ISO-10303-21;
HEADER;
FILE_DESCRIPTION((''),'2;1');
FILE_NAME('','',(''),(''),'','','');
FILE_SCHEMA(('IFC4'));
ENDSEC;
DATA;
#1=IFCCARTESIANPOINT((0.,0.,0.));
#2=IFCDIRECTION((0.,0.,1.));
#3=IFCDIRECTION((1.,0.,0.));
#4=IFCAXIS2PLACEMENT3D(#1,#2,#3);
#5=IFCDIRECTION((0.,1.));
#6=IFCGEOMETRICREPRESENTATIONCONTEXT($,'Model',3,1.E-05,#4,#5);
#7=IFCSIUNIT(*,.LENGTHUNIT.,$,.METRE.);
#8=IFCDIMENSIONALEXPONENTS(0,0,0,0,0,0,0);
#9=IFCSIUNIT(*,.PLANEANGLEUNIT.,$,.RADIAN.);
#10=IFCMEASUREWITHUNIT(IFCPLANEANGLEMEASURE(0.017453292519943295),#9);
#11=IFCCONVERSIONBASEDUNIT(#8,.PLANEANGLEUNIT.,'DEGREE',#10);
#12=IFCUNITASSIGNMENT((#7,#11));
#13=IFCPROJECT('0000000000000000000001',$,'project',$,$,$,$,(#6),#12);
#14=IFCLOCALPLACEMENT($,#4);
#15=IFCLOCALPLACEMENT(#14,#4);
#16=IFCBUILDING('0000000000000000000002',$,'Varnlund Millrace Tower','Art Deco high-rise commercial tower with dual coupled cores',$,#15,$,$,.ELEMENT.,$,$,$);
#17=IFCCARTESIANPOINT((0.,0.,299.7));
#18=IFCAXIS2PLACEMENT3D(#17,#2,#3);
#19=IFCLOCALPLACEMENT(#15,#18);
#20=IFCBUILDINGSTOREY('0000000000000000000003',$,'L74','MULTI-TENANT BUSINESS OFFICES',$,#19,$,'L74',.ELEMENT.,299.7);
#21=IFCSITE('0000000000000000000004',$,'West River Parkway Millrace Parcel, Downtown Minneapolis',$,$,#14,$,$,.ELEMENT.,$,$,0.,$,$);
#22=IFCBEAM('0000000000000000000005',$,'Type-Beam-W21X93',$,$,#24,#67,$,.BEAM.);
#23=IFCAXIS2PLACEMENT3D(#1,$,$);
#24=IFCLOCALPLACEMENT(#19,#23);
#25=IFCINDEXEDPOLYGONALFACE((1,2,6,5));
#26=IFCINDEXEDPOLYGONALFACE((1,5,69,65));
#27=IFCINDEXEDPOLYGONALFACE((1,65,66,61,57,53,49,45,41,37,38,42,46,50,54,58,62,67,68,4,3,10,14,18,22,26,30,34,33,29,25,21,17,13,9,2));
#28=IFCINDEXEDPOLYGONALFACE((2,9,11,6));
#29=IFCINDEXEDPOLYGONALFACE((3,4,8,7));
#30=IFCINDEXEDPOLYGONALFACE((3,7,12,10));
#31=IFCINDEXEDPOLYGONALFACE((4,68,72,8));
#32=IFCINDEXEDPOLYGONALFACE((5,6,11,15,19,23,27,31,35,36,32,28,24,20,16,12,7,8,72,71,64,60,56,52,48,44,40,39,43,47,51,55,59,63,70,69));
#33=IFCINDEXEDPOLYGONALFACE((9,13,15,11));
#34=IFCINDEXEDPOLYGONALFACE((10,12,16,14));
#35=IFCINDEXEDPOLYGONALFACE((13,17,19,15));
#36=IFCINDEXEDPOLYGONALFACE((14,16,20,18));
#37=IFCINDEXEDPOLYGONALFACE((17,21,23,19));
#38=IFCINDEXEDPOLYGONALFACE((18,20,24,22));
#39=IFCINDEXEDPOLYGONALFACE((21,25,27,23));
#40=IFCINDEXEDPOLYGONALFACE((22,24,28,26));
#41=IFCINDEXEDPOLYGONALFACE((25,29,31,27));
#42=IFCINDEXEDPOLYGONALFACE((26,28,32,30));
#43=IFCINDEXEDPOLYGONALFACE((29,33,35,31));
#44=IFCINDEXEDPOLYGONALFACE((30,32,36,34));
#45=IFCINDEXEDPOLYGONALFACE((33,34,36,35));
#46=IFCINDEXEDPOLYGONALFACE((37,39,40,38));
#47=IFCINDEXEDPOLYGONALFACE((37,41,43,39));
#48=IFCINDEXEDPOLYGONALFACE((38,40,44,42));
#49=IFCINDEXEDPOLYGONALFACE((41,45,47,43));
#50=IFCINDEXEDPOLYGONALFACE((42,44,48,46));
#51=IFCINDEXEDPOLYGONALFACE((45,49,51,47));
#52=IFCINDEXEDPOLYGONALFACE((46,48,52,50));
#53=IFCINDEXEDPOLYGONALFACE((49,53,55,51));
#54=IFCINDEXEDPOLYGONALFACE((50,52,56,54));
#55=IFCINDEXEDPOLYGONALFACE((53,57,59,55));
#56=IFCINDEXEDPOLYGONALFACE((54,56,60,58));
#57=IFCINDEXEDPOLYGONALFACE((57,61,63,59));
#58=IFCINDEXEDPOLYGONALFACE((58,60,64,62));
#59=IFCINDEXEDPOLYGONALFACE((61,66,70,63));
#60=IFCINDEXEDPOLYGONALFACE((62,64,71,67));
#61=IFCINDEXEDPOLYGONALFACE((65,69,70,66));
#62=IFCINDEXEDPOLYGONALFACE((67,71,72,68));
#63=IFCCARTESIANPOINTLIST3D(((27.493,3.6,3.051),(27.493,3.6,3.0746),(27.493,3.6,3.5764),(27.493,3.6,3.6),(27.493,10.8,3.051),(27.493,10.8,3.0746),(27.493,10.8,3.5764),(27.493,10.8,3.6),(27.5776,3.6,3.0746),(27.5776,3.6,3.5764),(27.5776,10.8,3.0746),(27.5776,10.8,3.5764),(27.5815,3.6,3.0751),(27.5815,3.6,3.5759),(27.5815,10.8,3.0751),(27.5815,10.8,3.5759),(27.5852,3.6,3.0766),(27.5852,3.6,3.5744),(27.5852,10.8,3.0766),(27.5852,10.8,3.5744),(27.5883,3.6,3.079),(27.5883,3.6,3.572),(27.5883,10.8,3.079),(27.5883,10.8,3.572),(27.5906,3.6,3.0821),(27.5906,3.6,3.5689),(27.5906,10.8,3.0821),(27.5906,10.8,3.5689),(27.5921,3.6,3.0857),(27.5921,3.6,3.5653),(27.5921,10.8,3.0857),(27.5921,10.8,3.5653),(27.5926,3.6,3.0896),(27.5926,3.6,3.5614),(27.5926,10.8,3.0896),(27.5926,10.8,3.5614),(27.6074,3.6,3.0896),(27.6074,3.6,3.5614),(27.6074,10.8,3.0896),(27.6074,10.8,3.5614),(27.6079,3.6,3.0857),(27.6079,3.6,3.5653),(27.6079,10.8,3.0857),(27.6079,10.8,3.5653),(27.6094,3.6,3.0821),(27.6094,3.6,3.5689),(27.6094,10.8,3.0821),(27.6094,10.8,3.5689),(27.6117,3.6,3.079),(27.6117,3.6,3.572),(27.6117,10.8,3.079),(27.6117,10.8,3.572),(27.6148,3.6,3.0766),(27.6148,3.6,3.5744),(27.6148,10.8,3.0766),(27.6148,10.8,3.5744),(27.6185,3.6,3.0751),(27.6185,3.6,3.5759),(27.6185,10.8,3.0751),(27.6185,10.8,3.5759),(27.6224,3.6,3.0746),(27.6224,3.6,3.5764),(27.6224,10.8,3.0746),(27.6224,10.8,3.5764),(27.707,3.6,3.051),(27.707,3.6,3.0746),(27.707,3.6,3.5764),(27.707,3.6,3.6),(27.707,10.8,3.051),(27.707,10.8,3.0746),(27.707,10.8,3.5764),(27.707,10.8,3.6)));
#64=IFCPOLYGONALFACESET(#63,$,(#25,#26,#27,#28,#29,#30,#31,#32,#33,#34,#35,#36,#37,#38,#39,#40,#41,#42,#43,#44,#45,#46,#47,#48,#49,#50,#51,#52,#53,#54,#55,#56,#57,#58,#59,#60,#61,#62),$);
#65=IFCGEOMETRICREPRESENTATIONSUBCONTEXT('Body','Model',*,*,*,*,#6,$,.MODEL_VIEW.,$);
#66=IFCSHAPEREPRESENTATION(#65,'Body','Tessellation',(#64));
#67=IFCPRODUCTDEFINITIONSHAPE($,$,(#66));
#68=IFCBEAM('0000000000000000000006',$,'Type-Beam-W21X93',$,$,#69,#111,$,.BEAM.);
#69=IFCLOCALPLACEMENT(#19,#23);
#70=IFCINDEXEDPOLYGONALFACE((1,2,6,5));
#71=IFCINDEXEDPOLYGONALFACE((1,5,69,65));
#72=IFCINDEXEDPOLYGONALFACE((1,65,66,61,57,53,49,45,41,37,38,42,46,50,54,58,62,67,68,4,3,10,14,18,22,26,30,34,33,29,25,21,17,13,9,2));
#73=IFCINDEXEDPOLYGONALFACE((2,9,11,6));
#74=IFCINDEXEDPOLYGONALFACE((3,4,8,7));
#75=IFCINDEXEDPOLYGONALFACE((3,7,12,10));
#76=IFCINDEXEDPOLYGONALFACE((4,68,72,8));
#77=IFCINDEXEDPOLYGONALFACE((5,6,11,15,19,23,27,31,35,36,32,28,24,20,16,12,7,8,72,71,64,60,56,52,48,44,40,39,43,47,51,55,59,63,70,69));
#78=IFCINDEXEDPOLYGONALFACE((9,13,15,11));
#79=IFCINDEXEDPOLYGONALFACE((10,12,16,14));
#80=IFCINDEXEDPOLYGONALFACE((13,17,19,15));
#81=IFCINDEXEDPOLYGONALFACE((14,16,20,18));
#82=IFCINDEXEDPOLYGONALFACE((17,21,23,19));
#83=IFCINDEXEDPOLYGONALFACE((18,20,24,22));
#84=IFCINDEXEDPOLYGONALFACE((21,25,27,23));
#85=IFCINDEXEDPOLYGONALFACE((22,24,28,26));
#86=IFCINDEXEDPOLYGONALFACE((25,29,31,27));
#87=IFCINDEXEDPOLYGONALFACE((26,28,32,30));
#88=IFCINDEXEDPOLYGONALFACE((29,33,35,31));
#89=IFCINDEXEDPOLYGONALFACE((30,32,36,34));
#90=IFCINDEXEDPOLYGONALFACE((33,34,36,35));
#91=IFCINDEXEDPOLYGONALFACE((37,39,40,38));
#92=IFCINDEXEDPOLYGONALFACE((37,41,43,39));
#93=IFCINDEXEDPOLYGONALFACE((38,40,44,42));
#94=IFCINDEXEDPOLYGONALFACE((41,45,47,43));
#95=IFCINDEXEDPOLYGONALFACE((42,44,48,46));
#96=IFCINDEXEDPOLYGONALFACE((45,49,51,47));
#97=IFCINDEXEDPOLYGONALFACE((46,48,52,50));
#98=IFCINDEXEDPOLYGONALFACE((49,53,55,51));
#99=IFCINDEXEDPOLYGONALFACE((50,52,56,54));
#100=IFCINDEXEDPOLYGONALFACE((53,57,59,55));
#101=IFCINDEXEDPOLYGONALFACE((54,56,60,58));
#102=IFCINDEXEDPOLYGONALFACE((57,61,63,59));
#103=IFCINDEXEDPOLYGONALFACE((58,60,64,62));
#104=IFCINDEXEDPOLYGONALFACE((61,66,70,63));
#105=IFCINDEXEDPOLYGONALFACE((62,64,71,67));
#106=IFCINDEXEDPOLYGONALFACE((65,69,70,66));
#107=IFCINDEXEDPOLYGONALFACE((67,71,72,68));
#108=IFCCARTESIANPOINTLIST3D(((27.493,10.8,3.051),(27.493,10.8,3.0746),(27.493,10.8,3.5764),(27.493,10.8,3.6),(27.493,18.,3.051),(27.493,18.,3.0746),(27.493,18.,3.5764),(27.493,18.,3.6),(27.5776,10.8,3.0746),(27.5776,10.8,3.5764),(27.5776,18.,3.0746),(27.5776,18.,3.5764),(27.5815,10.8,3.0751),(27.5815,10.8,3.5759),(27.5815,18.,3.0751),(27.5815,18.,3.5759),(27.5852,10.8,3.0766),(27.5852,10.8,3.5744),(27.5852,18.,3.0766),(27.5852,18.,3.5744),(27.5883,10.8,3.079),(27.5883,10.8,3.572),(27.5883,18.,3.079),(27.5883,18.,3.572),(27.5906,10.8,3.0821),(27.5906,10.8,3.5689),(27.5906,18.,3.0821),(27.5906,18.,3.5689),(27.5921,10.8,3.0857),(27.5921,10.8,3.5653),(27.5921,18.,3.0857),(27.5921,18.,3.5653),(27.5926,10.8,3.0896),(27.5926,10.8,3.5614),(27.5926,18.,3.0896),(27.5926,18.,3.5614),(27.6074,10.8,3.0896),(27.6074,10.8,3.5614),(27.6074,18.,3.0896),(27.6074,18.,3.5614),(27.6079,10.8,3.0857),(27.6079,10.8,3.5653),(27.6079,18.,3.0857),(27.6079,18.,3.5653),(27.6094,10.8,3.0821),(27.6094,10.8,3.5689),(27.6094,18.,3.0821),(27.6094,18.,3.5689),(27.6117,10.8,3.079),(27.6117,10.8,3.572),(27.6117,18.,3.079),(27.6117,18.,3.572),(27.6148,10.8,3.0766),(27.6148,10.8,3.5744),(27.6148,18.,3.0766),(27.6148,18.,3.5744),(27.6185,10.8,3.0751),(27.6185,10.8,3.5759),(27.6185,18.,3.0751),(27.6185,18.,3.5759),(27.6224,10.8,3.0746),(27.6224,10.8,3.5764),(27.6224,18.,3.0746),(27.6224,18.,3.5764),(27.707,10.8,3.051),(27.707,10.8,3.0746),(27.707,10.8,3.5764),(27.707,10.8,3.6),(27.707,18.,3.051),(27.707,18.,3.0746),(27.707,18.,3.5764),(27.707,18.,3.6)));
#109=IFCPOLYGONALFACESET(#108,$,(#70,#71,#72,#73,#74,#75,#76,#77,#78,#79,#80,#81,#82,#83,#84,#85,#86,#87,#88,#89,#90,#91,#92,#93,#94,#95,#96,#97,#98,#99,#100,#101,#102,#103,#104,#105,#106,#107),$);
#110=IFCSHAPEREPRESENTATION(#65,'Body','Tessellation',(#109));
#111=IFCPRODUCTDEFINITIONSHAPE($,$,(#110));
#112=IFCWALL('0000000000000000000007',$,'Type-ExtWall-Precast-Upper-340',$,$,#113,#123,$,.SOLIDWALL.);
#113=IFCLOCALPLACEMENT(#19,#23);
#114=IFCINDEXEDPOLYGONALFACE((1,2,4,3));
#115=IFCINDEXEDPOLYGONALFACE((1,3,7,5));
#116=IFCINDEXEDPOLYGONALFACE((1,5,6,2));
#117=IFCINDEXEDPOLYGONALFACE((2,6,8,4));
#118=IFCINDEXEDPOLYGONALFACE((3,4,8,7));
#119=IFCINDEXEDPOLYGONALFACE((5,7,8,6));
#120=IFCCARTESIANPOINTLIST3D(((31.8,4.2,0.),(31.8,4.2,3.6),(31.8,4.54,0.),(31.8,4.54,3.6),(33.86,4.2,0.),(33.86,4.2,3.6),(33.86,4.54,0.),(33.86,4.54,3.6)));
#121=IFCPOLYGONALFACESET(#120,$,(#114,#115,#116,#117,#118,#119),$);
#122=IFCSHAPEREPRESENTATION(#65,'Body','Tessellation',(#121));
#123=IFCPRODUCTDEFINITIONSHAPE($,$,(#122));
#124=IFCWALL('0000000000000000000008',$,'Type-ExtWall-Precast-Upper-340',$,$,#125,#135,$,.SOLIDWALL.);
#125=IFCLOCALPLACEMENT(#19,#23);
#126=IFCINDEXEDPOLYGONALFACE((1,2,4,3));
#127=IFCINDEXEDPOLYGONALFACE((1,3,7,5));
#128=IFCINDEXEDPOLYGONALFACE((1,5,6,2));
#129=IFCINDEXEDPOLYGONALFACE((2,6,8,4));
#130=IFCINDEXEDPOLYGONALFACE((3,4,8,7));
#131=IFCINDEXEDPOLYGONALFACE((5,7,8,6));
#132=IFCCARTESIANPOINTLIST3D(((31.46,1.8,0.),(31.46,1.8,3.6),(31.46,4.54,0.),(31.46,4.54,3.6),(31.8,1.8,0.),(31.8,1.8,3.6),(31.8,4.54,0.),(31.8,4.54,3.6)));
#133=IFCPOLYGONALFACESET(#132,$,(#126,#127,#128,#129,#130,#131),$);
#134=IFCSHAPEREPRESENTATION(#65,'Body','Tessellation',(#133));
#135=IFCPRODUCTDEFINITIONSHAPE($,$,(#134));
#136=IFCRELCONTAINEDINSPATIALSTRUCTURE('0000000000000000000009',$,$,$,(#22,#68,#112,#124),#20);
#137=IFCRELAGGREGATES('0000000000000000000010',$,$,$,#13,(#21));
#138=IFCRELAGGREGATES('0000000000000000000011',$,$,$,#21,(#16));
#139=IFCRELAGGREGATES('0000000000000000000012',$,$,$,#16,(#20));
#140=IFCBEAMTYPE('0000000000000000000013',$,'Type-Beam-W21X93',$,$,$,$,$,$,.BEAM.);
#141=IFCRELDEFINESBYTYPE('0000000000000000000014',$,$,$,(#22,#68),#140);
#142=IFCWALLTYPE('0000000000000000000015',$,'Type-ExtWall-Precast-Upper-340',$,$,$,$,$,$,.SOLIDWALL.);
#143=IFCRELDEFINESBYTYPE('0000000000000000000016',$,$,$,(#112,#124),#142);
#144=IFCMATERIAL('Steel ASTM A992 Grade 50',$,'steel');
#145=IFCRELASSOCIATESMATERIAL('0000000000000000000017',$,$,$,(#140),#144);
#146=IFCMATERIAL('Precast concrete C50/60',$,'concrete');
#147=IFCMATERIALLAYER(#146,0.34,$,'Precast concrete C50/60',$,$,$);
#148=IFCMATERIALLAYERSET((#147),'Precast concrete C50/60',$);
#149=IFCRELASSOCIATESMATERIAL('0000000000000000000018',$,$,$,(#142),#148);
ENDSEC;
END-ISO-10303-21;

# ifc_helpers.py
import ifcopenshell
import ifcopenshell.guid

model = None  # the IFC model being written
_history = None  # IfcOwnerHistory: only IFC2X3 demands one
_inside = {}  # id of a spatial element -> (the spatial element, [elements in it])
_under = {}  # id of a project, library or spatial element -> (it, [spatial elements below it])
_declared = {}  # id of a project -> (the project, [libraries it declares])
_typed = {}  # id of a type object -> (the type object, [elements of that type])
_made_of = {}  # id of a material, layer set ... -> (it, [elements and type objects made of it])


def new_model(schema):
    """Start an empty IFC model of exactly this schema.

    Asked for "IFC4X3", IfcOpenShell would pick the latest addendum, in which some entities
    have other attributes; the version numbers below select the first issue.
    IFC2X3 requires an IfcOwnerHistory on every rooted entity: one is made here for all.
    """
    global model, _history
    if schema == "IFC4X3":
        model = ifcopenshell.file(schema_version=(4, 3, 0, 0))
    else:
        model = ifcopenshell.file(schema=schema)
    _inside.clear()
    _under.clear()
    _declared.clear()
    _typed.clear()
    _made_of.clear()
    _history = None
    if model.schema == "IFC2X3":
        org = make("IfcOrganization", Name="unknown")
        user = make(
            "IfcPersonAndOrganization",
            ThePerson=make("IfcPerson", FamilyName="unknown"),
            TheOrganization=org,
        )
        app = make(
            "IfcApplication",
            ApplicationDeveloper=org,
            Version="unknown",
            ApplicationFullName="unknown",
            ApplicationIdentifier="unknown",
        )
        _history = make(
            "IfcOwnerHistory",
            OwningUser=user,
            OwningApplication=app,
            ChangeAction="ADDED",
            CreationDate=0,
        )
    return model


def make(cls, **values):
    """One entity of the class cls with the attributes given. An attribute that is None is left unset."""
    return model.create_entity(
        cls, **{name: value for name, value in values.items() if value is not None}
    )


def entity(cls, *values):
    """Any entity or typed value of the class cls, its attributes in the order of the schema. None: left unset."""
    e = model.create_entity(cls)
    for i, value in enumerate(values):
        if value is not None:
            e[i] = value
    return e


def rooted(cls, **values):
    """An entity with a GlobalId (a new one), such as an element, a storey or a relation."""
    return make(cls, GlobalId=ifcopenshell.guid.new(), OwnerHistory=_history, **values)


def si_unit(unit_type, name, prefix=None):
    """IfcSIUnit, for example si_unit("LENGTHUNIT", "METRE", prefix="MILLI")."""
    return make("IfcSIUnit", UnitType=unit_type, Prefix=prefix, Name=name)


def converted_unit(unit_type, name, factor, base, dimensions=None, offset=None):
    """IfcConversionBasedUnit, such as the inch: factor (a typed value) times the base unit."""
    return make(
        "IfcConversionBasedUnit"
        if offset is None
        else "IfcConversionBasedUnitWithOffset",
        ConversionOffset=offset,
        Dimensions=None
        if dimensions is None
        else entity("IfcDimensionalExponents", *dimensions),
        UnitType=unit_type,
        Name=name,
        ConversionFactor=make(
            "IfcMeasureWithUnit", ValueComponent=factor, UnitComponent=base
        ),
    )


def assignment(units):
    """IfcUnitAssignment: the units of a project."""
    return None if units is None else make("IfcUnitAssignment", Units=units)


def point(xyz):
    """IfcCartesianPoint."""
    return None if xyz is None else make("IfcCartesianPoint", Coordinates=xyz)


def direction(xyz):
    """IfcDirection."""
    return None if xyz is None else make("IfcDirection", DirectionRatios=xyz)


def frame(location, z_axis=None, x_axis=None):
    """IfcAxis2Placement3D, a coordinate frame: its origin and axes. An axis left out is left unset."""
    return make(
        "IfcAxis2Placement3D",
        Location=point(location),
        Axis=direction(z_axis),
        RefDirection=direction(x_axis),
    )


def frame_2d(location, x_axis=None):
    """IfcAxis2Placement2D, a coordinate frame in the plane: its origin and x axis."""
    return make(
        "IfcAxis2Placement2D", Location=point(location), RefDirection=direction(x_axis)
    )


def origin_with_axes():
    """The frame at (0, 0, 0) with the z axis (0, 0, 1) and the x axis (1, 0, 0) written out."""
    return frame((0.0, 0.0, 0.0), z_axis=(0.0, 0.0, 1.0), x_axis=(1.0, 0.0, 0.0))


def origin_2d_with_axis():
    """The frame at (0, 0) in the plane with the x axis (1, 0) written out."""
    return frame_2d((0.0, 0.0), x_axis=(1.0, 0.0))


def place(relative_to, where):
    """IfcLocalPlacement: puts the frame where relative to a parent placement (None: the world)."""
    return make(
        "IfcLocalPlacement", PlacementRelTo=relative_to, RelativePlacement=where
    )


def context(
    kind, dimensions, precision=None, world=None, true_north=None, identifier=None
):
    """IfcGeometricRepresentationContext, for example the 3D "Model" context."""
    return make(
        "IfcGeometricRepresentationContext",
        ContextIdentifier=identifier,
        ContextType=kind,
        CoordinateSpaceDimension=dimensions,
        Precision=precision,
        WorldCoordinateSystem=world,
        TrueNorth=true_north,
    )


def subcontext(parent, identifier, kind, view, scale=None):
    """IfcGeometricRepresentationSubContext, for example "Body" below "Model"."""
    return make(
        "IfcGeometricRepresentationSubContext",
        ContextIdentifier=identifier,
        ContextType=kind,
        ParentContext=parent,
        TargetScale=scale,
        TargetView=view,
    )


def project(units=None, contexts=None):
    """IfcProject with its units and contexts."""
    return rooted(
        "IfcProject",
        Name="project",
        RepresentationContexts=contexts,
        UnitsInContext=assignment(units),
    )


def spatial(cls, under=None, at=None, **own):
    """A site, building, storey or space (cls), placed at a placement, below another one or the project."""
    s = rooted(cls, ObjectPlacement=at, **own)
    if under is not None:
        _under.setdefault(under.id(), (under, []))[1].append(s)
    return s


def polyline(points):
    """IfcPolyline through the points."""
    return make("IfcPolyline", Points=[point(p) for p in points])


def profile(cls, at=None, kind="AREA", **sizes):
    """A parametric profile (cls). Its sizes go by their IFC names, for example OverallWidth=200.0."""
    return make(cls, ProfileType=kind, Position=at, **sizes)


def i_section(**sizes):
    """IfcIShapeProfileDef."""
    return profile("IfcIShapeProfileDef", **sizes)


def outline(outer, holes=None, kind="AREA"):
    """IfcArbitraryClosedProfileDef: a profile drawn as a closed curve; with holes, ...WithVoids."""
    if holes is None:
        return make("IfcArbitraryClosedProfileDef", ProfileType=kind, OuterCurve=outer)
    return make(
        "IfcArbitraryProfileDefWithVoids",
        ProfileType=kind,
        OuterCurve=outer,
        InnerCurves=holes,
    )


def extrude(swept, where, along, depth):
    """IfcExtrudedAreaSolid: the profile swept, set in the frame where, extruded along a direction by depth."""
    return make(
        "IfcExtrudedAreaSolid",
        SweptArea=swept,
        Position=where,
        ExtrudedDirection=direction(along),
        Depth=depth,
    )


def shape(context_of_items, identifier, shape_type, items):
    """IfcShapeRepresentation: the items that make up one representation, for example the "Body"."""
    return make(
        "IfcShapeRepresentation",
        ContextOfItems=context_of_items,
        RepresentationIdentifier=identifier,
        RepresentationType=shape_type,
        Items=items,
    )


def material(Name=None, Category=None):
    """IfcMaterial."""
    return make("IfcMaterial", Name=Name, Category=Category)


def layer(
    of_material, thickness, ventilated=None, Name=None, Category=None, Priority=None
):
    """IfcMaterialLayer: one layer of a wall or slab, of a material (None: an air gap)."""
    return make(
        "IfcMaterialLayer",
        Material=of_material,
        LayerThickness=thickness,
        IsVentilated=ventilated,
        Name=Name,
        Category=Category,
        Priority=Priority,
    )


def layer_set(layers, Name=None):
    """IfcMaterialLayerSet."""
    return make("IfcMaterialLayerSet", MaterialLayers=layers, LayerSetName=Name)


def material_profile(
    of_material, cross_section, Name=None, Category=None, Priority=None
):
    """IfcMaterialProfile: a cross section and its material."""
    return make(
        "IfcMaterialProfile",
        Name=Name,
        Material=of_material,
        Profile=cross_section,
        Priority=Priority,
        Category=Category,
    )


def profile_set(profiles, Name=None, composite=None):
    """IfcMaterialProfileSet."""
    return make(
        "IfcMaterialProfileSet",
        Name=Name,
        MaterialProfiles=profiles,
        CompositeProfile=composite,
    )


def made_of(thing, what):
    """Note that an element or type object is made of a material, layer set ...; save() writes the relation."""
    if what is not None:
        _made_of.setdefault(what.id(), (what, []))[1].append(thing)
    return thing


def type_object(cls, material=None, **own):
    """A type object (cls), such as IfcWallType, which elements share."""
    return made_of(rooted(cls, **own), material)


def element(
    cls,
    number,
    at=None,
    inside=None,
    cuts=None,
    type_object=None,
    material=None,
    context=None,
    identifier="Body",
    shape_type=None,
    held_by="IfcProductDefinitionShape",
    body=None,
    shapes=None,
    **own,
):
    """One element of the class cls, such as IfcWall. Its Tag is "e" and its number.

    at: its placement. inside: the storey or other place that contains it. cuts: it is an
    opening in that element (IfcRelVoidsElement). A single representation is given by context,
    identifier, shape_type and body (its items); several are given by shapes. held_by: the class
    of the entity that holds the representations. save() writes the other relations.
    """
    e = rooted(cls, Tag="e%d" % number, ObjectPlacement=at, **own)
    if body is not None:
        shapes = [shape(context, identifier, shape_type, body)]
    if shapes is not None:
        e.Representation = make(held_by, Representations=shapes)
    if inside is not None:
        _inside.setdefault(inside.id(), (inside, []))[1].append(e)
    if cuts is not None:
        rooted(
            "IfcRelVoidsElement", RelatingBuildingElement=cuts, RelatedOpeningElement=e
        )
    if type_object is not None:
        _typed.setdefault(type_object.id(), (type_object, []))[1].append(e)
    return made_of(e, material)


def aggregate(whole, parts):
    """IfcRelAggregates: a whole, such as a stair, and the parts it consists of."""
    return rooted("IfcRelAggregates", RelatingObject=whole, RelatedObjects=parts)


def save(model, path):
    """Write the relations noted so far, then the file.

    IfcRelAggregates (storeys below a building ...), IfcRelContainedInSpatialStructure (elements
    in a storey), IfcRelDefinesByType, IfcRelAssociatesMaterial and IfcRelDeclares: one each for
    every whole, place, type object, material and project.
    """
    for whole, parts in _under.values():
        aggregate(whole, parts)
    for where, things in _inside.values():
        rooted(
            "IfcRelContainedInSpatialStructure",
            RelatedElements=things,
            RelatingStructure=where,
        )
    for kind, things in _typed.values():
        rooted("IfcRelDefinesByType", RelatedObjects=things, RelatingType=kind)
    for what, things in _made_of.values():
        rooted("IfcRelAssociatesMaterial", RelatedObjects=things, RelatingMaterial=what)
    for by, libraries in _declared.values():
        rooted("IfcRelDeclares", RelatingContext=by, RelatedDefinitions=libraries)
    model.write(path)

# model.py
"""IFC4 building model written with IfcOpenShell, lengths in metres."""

from ifc_helpers import new_model, entity, si_unit, converted_unit, direction, frame, origin_with_axes, origin_2d_with_axis, place, context, subcontext, project, spatial, polyline, i_section, outline, extrude, material, layer, layer_set, material_profile, profile_set, type_object, element, save


model = new_model("IFC4")

# Units and contexts
model_context = context("Model", 3, precision=1e-05, world=origin_with_axes(), true_north=direction((0.0, 1.0)))
body_context = subcontext(model_context, "Body", "Model", "MODEL_VIEW")
ifc_project = project(units=[si_unit("LENGTHUNIT", "METRE"), converted_unit("PLANEANGLEUNIT", "DEGREE", entity("IfcPlaneAngleMeasure", 0.017453292519943295), si_unit("PLANEANGLEUNIT", "RADIAN"), dimensions=[0, 0, 0, 0, 0, 0, 0])], contexts=[model_context])

# Site, building, storey
site_placement = place(None, origin_with_axes())
site = spatial("IfcSite", under=ifc_project, at=site_placement, Name="West River Parkway Millrace Parcel, Downtown Minneapolis", CompositionType="ELEMENT", RefElevation=0.0)
building_placement = place(site_placement, origin_with_axes())
building = spatial("IfcBuilding", under=site, at=building_placement, Name="Varnlund Millrace Tower", Description="Art Deco high-rise commercial tower with dual coupled cores", CompositionType="ELEMENT")
storey_placement = place(building_placement, frame((0.0, 0.0, 299.7), z_axis=(0.0, 0.0, 1.0), x_axis=(1.0, 0.0, 0.0)))
storey = spatial("IfcBuildingStorey", under=building, at=storey_placement, Name="L74", Description="MULTI-TENANT BUSINESS OFFICES", LongName="L74", CompositionType="ELEMENT", Elevation=299.7)

# Beams
ifc_material_1 = material(Name="Steel ASTM A992 Grade 50", Category="steel")
ifc_material_profile = material_profile(ifc_material_1, i_section(OverallWidth=0.214, OverallDepth=0.549, WebThickness=0.0147, FlangeThickness=0.0236, FilletRadius=0.015, at=origin_2d_with_axis()), Name="Steel ASTM A992 Grade 50")
ifc_profile_set = profile_set([ifc_material_profile], Name="Steel ASTM A992 Grade 50")
beam_type = type_object("IfcBeamType", Name="Type-Beam-W21X93", PredefinedType="BEAM", material=ifc_profile_set)
for number, where, z_axis, x_axis, name in (
    (1, (27.6, 3.6, 3.3255), (0.0, 1.0, 0.0), (-1.0, 0.0, 0.0), "Type-Beam-W21X93"),
    (2, (27.6, 10.8, 3.3255), (0.0, 1.0, 0.0), (-1.0, 0.0, 0.0), "Type-Beam-W21X93"),
):
    element("IfcBeam", number, at=place(storey_placement, frame(where, z_axis=z_axis, x_axis=x_axis)), inside=storey, type_object=beam_type, Name=name, PredefinedType="BEAM", context=body_context, shape_type="SweptSolid", body=[
        extrude(i_section(OverallWidth=0.214, OverallDepth=0.549, WebThickness=0.0147, FlangeThickness=0.0236, FilletRadius=0.015, at=origin_2d_with_axis()), origin_with_axes(), (0.0, 0.0, 1.0), 7.2),
    ])

# Walls
ifc_material_2 = material(Name="Precast concrete C50/60", Category="concrete")
ifc_layer_1 = layer(ifc_material_2, 0.34, Name="Precast concrete C50/60")
ifc_layer_set_1 = layer_set([ifc_layer_1], Name="Precast concrete C50/60")
wall_type_1 = type_object("IfcWallType", Name="Type-ExtWall-Precast-Upper-340", PredefinedType="SOLIDWALL", material=ifc_layer_set_1)
wall_1_placement = place(storey_placement, frame((33.86, 4.37, 0.0), z_axis=(0.0, 0.0, 1.0), x_axis=(-1.0, 0.0, 0.0)))
element("IfcWall", 3, at=wall_1_placement, inside=storey, type_object=wall_type_1, Name="Type-ExtWall-Precast-Upper-340", PredefinedType="SOLIDWALL", context=body_context, shape_type="SweptSolid", body=[
    extrude(outline(polyline([(0.0, -0.17), (2.06, -0.17), (2.06, 0.17), (0.0, 0.17), (0.0, -0.17)])), origin_with_axes(), (0.0, 0.0, 1.0), 3.6),
])
wall_2_placement = place(storey_placement, frame((31.63, 4.54, 0.0), z_axis=(0.0, 0.0, 1.0), x_axis=(0.0, -1.0, 0.0)))
element("IfcWall", 4, at=wall_2_placement, inside=storey, type_object=wall_type_1, Name="Type-ExtWall-Precast-Upper-340", PredefinedType="SOLIDWALL", context=body_context, shape_type="SweptSolid", body=[
    extrude(outline(polyline([(0.0, -0.17), (2.74, -0.17), (2.74, 0.17), (0.0, 0.17), (0.0, -0.17)])), origin_with_axes(), (0.0, 0.0, 1.0), 3.6),
])

save(model, "model.ifc")
